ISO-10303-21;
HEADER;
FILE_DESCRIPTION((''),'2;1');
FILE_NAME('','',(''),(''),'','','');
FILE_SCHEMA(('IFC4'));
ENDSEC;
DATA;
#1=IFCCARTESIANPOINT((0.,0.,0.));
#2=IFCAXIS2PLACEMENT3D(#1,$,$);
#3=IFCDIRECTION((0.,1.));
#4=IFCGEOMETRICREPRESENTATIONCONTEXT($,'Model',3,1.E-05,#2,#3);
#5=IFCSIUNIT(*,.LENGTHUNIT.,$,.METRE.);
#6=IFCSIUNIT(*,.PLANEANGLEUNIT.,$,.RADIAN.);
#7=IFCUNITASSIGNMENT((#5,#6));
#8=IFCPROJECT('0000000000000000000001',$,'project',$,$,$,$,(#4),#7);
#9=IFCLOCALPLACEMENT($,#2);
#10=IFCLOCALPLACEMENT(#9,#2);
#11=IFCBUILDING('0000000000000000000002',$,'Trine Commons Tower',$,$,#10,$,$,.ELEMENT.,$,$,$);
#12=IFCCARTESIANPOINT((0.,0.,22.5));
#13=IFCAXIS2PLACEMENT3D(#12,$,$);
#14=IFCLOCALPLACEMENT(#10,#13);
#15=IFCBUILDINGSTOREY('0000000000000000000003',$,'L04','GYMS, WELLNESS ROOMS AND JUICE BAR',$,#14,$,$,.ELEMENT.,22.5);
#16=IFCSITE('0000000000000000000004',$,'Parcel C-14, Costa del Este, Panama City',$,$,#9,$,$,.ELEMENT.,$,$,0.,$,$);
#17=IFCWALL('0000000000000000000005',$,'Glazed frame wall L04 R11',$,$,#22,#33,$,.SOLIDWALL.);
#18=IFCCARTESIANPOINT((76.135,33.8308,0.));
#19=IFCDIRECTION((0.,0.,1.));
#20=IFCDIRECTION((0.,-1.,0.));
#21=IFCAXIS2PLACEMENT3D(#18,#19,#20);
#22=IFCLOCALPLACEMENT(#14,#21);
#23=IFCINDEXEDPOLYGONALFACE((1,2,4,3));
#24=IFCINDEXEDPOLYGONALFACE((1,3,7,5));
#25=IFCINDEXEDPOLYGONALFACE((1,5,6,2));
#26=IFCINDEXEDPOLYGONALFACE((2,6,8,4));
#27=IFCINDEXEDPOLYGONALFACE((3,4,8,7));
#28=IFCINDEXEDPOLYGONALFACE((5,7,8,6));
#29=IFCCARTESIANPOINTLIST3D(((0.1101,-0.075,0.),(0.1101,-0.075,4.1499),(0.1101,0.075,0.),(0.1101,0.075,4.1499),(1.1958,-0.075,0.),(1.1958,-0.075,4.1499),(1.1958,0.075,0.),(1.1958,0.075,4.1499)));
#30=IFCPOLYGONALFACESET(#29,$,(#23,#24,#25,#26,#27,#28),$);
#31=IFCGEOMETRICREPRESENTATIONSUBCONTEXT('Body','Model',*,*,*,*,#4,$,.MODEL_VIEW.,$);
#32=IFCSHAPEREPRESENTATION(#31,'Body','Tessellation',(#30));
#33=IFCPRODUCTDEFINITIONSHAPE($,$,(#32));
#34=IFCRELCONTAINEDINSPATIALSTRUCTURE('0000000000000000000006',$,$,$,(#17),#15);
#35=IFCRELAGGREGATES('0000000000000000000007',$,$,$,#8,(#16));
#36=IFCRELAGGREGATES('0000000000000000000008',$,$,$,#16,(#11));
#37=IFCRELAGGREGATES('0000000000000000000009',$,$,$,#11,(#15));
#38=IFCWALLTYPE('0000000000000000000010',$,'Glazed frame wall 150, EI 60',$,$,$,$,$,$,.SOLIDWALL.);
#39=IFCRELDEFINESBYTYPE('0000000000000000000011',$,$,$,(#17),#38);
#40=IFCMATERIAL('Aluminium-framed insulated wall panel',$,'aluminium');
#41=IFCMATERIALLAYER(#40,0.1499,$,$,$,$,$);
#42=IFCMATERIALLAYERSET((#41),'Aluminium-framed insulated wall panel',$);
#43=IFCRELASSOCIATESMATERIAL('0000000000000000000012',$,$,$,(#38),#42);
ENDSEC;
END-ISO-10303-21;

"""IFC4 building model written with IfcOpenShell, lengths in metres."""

from ifc_helpers import new_model, si_unit, direction, frame, origin, place, context, subcontext, project, spatial, polyline, outline, extrude, material, layer, layer_set, type_object, element, save


model = new_model("IFC4")

# Units and contexts
model_context = context("Model", 3, precision=1e-05, world=origin(), true_north=direction((0.0, 1.0)))
body_context = subcontext(model_context, "Body", "Model", "MODEL_VIEW")
ifc_project = project(units=[si_unit("LENGTHUNIT", "METRE"), si_unit("PLANEANGLEUNIT", "RADIAN")], contexts=[model_context])

# Site, building, storey
site_placement = place(None, origin())
site = spatial("IfcSite", under=ifc_project, at=site_placement, Name="Parcel C-14, Costa del Este, Panama City", CompositionType="ELEMENT", RefElevation=0.0)
building_placement = place(site_placement, origin())
building = spatial("IfcBuilding", under=site, at=building_placement, Name="Trine Commons Tower", CompositionType="ELEMENT")
storey_placement = place(building_placement, frame((0.0, 0.0, 22.5)))
storey = spatial("IfcBuildingStorey", under=building, at=storey_placement, Name="L04", Description="GYMS, WELLNESS ROOMS AND JUICE BAR", CompositionType="ELEMENT", Elevation=22.5)

# Wall
ifc_material_1 = material(Name="Aluminium-framed insulated wall panel", Category="aluminium")
ifc_layer_1 = layer(ifc_material_1, 0.1499)
ifc_layer_set_1 = layer_set([ifc_layer_1], Name="Aluminium-framed insulated wall panel")
wall_type_1 = type_object("IfcWallType", Name="Glazed frame wall 150, EI 60", PredefinedType="SOLIDWALL", material=ifc_layer_set_1)
wall_1_placement = place(storey_placement, frame((76.135, 33.8308, 0.0), z_axis=(0.0, 0.0, 1.0), x_axis=(0.0, -1.0, 0.0)))
element("IfcWall", 1, at=wall_1_placement, inside=storey, type_object=wall_type_1, Name="Glazed frame wall L04 R11", PredefinedType="SOLIDWALL", context=body_context, shape_type="SweptSolid", body=[
    extrude(outline(polyline([(0.1101, 0.075), (0.1101, -0.075), (1.1958, -0.075), (1.1958, 0.075), (0.1101, 0.075)])), origin(), (0.0, 0.0, 1.0), 4.1499),
])

save(model, "model.ifc")
